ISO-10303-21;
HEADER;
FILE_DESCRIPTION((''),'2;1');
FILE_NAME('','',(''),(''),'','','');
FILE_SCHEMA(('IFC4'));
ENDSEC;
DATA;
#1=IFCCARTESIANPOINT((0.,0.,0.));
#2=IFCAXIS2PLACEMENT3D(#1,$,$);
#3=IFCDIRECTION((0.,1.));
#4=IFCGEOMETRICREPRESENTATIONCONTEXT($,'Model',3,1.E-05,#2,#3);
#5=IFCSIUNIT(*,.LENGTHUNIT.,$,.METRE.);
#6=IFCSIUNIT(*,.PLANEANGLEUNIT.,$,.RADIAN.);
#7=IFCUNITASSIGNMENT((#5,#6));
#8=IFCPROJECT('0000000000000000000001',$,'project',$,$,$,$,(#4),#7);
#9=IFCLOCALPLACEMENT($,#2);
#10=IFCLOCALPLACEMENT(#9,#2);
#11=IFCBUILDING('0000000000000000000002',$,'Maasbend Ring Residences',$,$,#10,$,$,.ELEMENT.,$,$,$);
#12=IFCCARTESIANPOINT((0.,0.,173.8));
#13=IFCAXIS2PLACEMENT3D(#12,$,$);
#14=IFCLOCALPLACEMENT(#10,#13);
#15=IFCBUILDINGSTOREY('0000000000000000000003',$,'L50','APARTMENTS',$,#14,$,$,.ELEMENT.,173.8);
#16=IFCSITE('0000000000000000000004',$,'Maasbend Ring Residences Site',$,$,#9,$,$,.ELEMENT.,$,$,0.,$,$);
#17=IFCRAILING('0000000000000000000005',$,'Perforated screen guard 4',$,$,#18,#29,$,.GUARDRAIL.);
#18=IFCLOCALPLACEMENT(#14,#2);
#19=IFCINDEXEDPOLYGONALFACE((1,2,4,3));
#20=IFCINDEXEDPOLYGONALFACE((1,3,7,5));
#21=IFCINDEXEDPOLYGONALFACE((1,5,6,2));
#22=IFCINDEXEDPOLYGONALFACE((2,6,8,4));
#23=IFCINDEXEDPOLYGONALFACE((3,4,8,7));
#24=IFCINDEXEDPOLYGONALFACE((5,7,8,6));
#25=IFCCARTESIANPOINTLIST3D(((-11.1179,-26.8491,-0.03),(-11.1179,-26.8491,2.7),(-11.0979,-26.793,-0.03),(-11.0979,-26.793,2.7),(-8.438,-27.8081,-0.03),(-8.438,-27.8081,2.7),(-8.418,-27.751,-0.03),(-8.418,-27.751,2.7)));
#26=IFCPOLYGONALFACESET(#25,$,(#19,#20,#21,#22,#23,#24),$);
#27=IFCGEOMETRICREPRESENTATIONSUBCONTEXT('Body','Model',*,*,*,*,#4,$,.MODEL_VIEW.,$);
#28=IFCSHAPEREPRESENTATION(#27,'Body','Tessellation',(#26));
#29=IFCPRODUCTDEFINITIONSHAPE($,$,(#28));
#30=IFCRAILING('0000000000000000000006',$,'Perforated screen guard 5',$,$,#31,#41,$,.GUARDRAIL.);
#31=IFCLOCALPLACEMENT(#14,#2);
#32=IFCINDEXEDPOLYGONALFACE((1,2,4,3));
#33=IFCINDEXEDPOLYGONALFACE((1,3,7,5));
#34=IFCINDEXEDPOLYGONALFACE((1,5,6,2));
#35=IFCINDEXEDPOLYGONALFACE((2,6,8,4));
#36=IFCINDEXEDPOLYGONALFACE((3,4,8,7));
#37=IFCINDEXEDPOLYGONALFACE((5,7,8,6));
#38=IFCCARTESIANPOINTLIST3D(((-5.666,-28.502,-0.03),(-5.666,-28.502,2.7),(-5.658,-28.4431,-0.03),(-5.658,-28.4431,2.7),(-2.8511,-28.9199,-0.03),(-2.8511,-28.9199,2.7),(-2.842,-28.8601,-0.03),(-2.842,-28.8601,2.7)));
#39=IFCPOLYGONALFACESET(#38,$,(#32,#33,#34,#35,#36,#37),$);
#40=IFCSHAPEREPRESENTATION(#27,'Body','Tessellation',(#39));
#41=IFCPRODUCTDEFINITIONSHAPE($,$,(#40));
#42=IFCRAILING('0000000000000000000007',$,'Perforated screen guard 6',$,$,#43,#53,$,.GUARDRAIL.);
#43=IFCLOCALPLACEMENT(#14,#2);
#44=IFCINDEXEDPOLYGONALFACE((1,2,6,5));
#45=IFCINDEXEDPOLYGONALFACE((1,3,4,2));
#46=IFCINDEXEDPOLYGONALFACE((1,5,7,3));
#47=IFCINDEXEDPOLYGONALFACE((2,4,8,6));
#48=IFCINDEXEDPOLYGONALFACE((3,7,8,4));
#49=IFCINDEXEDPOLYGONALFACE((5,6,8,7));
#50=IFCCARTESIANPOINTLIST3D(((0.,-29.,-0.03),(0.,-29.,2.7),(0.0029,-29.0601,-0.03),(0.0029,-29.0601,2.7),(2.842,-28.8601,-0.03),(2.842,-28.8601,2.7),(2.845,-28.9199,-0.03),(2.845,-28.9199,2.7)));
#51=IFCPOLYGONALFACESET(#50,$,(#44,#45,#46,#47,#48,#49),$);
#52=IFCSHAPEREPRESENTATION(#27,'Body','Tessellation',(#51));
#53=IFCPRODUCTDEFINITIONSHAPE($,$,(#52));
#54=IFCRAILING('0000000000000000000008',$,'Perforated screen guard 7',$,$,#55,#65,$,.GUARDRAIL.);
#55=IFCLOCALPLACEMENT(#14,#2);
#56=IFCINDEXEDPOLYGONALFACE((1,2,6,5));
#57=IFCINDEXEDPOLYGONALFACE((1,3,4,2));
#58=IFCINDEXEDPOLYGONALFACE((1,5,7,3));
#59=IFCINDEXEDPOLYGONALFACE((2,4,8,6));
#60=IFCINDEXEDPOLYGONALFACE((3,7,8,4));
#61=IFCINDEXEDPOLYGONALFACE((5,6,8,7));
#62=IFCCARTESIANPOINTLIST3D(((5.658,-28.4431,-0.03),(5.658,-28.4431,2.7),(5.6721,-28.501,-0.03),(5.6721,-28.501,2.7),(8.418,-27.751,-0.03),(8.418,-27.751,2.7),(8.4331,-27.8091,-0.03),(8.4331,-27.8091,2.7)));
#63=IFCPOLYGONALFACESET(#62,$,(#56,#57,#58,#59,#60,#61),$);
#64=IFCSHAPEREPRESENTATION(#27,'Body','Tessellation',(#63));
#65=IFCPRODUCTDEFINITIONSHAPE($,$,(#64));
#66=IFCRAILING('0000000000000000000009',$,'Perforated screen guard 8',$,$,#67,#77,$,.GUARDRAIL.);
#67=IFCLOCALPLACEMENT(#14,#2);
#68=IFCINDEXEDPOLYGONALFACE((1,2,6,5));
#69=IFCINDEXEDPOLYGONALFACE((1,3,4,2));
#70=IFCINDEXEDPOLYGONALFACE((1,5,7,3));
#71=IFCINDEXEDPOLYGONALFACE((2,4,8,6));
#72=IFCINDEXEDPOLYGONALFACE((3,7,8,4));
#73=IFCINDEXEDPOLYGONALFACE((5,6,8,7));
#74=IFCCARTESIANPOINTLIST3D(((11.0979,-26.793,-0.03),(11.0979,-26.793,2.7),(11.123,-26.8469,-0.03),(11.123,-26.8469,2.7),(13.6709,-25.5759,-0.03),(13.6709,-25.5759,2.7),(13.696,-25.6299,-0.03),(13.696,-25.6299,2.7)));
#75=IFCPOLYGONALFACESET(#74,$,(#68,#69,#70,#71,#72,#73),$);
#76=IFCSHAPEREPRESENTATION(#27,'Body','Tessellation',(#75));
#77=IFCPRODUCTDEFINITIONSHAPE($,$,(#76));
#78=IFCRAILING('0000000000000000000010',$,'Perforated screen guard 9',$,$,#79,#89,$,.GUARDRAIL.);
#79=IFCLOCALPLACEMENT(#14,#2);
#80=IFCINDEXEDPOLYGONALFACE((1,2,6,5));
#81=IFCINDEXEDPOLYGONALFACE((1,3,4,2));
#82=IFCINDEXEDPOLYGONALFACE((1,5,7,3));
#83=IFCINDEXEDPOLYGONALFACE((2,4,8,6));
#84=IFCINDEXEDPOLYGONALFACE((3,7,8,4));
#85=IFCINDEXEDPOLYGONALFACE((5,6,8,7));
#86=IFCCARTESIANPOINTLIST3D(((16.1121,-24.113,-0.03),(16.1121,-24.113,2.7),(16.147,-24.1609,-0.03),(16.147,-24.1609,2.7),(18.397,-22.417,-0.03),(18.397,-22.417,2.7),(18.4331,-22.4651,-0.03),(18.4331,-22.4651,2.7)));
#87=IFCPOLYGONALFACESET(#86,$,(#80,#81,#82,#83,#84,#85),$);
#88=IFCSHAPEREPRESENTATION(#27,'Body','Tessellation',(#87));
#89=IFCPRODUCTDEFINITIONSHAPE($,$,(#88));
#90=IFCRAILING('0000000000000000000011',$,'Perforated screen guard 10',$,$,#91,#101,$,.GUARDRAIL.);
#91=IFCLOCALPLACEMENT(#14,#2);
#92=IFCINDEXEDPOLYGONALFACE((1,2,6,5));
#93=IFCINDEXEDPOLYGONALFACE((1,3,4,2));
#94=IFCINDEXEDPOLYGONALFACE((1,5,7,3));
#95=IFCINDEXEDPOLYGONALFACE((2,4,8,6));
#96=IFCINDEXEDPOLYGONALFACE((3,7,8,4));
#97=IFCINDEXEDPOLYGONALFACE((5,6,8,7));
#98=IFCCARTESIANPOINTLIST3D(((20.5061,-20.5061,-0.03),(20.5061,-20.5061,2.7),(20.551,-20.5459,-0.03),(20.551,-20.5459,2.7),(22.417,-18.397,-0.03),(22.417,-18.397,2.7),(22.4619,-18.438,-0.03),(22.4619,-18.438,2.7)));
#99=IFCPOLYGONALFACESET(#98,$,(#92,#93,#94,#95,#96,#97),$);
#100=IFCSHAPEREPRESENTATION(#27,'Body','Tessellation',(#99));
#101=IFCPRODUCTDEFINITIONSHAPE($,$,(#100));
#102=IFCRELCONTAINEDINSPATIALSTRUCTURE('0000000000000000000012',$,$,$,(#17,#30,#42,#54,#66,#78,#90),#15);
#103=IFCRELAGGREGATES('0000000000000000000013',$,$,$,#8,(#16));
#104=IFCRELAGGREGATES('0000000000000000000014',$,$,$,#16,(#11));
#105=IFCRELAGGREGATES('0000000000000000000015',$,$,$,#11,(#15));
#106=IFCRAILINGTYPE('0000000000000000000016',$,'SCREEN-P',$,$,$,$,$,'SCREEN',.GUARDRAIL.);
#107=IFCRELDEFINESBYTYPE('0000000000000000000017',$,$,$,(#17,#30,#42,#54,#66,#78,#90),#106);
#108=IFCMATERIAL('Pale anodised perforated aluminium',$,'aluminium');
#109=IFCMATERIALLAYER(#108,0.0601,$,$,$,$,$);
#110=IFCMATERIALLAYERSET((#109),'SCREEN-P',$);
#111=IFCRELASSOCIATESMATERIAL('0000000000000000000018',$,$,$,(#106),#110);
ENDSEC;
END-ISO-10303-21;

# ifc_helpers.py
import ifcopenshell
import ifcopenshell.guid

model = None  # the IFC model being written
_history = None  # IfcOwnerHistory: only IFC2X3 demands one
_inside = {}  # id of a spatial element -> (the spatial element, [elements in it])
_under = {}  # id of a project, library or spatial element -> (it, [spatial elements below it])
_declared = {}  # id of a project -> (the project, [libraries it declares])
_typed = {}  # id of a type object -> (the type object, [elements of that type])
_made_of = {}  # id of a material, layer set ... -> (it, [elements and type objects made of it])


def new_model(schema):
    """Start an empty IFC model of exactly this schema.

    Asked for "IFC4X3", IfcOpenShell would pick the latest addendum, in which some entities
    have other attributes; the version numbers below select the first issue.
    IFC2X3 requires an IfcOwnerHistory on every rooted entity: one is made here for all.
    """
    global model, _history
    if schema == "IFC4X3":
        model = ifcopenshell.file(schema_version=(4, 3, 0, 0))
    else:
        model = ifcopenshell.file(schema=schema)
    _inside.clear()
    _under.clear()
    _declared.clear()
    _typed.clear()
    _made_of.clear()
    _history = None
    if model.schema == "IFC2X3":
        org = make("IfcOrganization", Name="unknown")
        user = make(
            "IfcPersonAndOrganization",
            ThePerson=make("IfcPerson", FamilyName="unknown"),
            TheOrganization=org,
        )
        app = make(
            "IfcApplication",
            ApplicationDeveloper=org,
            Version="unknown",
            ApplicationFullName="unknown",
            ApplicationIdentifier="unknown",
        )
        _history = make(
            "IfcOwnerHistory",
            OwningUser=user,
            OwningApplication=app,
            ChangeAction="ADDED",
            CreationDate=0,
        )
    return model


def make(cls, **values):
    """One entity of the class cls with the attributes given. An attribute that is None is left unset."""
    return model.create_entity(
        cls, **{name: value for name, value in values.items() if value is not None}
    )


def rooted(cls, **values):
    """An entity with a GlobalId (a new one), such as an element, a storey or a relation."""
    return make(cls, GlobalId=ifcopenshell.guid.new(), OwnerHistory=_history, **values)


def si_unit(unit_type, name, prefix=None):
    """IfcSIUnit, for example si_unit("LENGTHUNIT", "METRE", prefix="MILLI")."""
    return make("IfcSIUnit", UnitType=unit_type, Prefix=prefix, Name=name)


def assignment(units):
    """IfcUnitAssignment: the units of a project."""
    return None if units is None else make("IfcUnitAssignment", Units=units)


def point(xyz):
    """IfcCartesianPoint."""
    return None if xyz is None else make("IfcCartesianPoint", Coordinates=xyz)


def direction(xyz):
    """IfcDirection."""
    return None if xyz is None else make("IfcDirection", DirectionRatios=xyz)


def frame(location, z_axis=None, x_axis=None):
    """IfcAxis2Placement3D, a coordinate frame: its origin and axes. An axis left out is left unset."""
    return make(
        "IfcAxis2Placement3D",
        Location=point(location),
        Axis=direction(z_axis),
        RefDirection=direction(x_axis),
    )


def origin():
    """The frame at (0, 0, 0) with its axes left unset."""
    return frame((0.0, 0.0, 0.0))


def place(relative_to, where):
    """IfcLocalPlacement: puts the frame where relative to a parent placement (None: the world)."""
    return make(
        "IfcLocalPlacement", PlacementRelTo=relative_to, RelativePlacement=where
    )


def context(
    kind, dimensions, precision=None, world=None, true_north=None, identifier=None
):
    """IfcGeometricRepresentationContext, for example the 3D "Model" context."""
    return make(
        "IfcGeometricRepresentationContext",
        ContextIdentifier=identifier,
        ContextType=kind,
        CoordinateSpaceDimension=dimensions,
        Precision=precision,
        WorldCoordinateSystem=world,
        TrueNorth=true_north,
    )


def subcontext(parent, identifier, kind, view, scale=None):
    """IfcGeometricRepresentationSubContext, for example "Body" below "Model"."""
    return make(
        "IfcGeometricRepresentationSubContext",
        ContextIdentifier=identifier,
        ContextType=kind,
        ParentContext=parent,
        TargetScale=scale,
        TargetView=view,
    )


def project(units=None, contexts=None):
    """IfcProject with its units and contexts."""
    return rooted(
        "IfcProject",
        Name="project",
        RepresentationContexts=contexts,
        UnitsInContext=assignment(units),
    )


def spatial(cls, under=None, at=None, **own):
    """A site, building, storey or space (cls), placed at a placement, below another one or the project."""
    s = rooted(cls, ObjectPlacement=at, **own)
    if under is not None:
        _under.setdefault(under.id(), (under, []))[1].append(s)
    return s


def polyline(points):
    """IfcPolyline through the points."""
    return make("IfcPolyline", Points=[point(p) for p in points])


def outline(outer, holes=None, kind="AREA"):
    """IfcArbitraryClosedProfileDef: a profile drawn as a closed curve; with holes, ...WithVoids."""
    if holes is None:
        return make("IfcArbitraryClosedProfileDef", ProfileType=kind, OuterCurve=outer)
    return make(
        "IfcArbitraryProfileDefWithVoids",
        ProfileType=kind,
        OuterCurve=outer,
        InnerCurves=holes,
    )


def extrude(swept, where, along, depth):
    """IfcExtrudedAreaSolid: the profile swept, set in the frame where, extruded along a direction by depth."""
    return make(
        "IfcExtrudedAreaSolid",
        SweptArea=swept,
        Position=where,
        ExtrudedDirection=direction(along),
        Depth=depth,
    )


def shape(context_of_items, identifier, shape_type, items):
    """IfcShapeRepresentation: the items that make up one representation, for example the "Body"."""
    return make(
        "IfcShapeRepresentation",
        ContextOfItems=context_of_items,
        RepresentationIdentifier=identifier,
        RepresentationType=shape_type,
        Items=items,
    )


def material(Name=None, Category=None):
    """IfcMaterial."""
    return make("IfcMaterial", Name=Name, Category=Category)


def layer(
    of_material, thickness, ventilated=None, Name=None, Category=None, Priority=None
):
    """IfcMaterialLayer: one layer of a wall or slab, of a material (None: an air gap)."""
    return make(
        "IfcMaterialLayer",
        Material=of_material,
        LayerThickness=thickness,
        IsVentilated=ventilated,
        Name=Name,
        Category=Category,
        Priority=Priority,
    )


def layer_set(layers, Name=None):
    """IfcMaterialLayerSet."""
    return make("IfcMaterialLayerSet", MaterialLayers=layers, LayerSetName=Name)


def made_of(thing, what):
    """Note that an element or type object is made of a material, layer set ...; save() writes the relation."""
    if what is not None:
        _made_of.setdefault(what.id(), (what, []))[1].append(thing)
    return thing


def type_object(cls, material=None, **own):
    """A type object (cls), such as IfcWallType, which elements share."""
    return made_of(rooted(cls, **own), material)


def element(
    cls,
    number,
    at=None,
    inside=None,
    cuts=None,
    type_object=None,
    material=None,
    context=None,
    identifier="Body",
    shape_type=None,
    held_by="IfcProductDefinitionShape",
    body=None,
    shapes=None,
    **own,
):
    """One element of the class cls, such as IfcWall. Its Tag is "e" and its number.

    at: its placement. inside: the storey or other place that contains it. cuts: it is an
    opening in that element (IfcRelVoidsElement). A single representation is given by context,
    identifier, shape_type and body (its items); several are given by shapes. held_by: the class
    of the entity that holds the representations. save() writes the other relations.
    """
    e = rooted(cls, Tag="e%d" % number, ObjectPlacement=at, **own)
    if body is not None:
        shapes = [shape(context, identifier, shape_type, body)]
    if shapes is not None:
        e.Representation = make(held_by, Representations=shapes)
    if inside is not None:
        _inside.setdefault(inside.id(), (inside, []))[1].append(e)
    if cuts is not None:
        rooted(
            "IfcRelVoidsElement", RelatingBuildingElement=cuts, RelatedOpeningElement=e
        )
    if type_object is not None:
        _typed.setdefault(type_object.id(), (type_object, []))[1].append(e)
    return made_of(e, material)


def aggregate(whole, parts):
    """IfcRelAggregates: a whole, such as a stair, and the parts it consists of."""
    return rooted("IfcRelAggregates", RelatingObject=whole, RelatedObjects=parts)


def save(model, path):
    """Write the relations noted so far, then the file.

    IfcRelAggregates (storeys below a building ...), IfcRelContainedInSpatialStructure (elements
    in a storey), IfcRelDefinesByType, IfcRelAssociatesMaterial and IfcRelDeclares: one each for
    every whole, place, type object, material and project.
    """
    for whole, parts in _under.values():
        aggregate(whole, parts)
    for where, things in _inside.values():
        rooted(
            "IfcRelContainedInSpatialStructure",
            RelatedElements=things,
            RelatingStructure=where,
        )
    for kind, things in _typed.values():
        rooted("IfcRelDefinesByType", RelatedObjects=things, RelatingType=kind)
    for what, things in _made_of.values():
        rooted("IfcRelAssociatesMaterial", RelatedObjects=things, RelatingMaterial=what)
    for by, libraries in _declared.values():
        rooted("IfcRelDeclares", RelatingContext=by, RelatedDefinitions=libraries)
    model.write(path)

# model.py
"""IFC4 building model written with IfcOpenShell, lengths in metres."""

from ifc_helpers import new_model, si_unit, direction, frame, origin, place, context, subcontext, project, spatial, polyline, outline, extrude, material, layer, layer_set, type_object, element, save


model = new_model("IFC4")

# Units and contexts
model_context = context("Model", 3, precision=1e-05, world=origin(), true_north=direction((0.0, 1.0)))
body_context = subcontext(model_context, "Body", "Model", "MODEL_VIEW")
ifc_project = project(units=[si_unit("LENGTHUNIT", "METRE"), si_unit("PLANEANGLEUNIT", "RADIAN")], contexts=[model_context])

# Site, building, storey
site_placement = place(None, origin())
site = spatial("IfcSite", under=ifc_project, at=site_placement, Name="Maasbend Ring Residences Site", CompositionType="ELEMENT", RefElevation=0.0)
building_placement = place(site_placement, origin())
building = spatial("IfcBuilding", under=site, at=building_placement, Name="Maasbend Ring Residences", CompositionType="ELEMENT")
storey_placement = place(building_placement, frame((0.0, 0.0, 173.8)))
storey = spatial("IfcBuildingStorey", under=building, at=storey_placement, Name="L50", Description="APARTMENTS", CompositionType="ELEMENT", Elevation=173.8)

# Railings
ifc_material_1 = material(Name="Pale anodised perforated aluminium", Category="aluminium")
ifc_layer_1 = layer(ifc_material_1, 0.0601)
ifc_layer_set_1 = layer_set([ifc_layer_1], Name="SCREEN-P")
railing_type = type_object("IfcRailingType", Name="SCREEN-P", ElementType="SCREEN", PredefinedType="GUARDRAIL", material=ifc_layer_set_1)
railing_1_placement = place(storey_placement, frame((0.0, 0.0, -0.03)))
element("IfcRailing", 1, at=railing_1_placement, inside=storey, type_object=railing_type, Name="Perforated screen guard 4", PredefinedType="GUARDRAIL", context=body_context, shape_type="SweptSolid", body=[
    extrude(outline(polyline([(-11.0979, -26.793), (-8.418, -27.751), (-8.438, -27.8081), (-11.1179, -26.8491), (-11.0979, -26.793)])), origin(), (0.0, 0.0, 1.0), 2.73),
])
railing_2_placement = place(storey_placement, frame((0.0, 0.0, -0.03)))
element("IfcRailing", 2, at=railing_2_placement, inside=storey, type_object=railing_type, Name="Perforated screen guard 5", PredefinedType="GUARDRAIL", context=body_context, shape_type="SweptSolid", body=[
    extrude(outline(polyline([(-5.658, -28.4431), (-2.842, -28.8601), (-2.8511, -28.9199), (-5.666, -28.502), (-5.658, -28.4431)])), origin(), (0.0, 0.0, 1.0), 2.73),
])
railing_3_placement = place(storey_placement, frame((0.0, 0.0, -0.03)))
element("IfcRailing", 3, at=railing_3_placement, inside=storey, type_object=railing_type, Name="Perforated screen guard 6", PredefinedType="GUARDRAIL", context=body_context, shape_type="SweptSolid", body=[
    extrude(outline(polyline([(0.0, -29.0), (2.842, -28.8601), (2.845, -28.9199), (0.0029, -29.0601), (0.0, -29.0)])), origin(), (0.0, 0.0, 1.0), 2.73),
])
railing_4_placement = place(storey_placement, frame((0.0, 0.0, -0.03)))
element("IfcRailing", 4, at=railing_4_placement, inside=storey, type_object=railing_type, Name="Perforated screen guard 7", PredefinedType="GUARDRAIL", context=body_context, shape_type="SweptSolid", body=[
    extrude(outline(polyline([(5.658, -28.4431), (8.418, -27.751), (8.4331, -27.8091), (5.6721, -28.501), (5.658, -28.4431)])), origin(), (0.0, 0.0, 1.0), 2.73),
])
railing_5_placement = place(storey_placement, frame((0.0, 0.0, -0.03)))
element("IfcRailing", 5, at=railing_5_placement, inside=storey, type_object=railing_type, Name="Perforated screen guard 8", PredefinedType="GUARDRAIL", context=body_context, shape_type="SweptSolid", body=[
    extrude(outline(polyline([(11.0979, -26.793), (13.6709, -25.5759), (13.696, -25.6299), (11.123, -26.8469), (11.0979, -26.793)])), origin(), (0.0, 0.0, 1.0), 2.73),
])
railing_6_placement = place(storey_placement, frame((0.0, 0.0, -0.03)))
element("IfcRailing", 6, at=railing_6_placement, inside=storey, type_object=railing_type, Name="Perforated screen guard 9", PredefinedType="GUARDRAIL", context=body_context, shape_type="SweptSolid", body=[
    extrude(outline(polyline([(16.1121, -24.113), (18.397, -22.417), (18.4331, -22.4651), (16.147, -24.1609), (16.1121, -24.113)])), origin(), (0.0, 0.0, 1.0), 2.73),
])
railing_7_placement = place(storey_placement, frame((0.0, 0.0, -0.03)))
element("IfcRailing", 7, at=railing_7_placement, inside=storey, type_object=railing_type, Name="Perforated screen guard 10", PredefinedType="GUARDRAIL", context=body_context, shape_type="SweptSolid", body=[
    extrude(outline(polyline([(20.5061, -20.5061), (22.417, -18.397), (22.4619, -18.438), (20.551, -20.5459), (20.5061, -20.5061)])), origin(), (0.0, 0.0, 1.0), 2.73),
])

save(model, "model.ifc")
